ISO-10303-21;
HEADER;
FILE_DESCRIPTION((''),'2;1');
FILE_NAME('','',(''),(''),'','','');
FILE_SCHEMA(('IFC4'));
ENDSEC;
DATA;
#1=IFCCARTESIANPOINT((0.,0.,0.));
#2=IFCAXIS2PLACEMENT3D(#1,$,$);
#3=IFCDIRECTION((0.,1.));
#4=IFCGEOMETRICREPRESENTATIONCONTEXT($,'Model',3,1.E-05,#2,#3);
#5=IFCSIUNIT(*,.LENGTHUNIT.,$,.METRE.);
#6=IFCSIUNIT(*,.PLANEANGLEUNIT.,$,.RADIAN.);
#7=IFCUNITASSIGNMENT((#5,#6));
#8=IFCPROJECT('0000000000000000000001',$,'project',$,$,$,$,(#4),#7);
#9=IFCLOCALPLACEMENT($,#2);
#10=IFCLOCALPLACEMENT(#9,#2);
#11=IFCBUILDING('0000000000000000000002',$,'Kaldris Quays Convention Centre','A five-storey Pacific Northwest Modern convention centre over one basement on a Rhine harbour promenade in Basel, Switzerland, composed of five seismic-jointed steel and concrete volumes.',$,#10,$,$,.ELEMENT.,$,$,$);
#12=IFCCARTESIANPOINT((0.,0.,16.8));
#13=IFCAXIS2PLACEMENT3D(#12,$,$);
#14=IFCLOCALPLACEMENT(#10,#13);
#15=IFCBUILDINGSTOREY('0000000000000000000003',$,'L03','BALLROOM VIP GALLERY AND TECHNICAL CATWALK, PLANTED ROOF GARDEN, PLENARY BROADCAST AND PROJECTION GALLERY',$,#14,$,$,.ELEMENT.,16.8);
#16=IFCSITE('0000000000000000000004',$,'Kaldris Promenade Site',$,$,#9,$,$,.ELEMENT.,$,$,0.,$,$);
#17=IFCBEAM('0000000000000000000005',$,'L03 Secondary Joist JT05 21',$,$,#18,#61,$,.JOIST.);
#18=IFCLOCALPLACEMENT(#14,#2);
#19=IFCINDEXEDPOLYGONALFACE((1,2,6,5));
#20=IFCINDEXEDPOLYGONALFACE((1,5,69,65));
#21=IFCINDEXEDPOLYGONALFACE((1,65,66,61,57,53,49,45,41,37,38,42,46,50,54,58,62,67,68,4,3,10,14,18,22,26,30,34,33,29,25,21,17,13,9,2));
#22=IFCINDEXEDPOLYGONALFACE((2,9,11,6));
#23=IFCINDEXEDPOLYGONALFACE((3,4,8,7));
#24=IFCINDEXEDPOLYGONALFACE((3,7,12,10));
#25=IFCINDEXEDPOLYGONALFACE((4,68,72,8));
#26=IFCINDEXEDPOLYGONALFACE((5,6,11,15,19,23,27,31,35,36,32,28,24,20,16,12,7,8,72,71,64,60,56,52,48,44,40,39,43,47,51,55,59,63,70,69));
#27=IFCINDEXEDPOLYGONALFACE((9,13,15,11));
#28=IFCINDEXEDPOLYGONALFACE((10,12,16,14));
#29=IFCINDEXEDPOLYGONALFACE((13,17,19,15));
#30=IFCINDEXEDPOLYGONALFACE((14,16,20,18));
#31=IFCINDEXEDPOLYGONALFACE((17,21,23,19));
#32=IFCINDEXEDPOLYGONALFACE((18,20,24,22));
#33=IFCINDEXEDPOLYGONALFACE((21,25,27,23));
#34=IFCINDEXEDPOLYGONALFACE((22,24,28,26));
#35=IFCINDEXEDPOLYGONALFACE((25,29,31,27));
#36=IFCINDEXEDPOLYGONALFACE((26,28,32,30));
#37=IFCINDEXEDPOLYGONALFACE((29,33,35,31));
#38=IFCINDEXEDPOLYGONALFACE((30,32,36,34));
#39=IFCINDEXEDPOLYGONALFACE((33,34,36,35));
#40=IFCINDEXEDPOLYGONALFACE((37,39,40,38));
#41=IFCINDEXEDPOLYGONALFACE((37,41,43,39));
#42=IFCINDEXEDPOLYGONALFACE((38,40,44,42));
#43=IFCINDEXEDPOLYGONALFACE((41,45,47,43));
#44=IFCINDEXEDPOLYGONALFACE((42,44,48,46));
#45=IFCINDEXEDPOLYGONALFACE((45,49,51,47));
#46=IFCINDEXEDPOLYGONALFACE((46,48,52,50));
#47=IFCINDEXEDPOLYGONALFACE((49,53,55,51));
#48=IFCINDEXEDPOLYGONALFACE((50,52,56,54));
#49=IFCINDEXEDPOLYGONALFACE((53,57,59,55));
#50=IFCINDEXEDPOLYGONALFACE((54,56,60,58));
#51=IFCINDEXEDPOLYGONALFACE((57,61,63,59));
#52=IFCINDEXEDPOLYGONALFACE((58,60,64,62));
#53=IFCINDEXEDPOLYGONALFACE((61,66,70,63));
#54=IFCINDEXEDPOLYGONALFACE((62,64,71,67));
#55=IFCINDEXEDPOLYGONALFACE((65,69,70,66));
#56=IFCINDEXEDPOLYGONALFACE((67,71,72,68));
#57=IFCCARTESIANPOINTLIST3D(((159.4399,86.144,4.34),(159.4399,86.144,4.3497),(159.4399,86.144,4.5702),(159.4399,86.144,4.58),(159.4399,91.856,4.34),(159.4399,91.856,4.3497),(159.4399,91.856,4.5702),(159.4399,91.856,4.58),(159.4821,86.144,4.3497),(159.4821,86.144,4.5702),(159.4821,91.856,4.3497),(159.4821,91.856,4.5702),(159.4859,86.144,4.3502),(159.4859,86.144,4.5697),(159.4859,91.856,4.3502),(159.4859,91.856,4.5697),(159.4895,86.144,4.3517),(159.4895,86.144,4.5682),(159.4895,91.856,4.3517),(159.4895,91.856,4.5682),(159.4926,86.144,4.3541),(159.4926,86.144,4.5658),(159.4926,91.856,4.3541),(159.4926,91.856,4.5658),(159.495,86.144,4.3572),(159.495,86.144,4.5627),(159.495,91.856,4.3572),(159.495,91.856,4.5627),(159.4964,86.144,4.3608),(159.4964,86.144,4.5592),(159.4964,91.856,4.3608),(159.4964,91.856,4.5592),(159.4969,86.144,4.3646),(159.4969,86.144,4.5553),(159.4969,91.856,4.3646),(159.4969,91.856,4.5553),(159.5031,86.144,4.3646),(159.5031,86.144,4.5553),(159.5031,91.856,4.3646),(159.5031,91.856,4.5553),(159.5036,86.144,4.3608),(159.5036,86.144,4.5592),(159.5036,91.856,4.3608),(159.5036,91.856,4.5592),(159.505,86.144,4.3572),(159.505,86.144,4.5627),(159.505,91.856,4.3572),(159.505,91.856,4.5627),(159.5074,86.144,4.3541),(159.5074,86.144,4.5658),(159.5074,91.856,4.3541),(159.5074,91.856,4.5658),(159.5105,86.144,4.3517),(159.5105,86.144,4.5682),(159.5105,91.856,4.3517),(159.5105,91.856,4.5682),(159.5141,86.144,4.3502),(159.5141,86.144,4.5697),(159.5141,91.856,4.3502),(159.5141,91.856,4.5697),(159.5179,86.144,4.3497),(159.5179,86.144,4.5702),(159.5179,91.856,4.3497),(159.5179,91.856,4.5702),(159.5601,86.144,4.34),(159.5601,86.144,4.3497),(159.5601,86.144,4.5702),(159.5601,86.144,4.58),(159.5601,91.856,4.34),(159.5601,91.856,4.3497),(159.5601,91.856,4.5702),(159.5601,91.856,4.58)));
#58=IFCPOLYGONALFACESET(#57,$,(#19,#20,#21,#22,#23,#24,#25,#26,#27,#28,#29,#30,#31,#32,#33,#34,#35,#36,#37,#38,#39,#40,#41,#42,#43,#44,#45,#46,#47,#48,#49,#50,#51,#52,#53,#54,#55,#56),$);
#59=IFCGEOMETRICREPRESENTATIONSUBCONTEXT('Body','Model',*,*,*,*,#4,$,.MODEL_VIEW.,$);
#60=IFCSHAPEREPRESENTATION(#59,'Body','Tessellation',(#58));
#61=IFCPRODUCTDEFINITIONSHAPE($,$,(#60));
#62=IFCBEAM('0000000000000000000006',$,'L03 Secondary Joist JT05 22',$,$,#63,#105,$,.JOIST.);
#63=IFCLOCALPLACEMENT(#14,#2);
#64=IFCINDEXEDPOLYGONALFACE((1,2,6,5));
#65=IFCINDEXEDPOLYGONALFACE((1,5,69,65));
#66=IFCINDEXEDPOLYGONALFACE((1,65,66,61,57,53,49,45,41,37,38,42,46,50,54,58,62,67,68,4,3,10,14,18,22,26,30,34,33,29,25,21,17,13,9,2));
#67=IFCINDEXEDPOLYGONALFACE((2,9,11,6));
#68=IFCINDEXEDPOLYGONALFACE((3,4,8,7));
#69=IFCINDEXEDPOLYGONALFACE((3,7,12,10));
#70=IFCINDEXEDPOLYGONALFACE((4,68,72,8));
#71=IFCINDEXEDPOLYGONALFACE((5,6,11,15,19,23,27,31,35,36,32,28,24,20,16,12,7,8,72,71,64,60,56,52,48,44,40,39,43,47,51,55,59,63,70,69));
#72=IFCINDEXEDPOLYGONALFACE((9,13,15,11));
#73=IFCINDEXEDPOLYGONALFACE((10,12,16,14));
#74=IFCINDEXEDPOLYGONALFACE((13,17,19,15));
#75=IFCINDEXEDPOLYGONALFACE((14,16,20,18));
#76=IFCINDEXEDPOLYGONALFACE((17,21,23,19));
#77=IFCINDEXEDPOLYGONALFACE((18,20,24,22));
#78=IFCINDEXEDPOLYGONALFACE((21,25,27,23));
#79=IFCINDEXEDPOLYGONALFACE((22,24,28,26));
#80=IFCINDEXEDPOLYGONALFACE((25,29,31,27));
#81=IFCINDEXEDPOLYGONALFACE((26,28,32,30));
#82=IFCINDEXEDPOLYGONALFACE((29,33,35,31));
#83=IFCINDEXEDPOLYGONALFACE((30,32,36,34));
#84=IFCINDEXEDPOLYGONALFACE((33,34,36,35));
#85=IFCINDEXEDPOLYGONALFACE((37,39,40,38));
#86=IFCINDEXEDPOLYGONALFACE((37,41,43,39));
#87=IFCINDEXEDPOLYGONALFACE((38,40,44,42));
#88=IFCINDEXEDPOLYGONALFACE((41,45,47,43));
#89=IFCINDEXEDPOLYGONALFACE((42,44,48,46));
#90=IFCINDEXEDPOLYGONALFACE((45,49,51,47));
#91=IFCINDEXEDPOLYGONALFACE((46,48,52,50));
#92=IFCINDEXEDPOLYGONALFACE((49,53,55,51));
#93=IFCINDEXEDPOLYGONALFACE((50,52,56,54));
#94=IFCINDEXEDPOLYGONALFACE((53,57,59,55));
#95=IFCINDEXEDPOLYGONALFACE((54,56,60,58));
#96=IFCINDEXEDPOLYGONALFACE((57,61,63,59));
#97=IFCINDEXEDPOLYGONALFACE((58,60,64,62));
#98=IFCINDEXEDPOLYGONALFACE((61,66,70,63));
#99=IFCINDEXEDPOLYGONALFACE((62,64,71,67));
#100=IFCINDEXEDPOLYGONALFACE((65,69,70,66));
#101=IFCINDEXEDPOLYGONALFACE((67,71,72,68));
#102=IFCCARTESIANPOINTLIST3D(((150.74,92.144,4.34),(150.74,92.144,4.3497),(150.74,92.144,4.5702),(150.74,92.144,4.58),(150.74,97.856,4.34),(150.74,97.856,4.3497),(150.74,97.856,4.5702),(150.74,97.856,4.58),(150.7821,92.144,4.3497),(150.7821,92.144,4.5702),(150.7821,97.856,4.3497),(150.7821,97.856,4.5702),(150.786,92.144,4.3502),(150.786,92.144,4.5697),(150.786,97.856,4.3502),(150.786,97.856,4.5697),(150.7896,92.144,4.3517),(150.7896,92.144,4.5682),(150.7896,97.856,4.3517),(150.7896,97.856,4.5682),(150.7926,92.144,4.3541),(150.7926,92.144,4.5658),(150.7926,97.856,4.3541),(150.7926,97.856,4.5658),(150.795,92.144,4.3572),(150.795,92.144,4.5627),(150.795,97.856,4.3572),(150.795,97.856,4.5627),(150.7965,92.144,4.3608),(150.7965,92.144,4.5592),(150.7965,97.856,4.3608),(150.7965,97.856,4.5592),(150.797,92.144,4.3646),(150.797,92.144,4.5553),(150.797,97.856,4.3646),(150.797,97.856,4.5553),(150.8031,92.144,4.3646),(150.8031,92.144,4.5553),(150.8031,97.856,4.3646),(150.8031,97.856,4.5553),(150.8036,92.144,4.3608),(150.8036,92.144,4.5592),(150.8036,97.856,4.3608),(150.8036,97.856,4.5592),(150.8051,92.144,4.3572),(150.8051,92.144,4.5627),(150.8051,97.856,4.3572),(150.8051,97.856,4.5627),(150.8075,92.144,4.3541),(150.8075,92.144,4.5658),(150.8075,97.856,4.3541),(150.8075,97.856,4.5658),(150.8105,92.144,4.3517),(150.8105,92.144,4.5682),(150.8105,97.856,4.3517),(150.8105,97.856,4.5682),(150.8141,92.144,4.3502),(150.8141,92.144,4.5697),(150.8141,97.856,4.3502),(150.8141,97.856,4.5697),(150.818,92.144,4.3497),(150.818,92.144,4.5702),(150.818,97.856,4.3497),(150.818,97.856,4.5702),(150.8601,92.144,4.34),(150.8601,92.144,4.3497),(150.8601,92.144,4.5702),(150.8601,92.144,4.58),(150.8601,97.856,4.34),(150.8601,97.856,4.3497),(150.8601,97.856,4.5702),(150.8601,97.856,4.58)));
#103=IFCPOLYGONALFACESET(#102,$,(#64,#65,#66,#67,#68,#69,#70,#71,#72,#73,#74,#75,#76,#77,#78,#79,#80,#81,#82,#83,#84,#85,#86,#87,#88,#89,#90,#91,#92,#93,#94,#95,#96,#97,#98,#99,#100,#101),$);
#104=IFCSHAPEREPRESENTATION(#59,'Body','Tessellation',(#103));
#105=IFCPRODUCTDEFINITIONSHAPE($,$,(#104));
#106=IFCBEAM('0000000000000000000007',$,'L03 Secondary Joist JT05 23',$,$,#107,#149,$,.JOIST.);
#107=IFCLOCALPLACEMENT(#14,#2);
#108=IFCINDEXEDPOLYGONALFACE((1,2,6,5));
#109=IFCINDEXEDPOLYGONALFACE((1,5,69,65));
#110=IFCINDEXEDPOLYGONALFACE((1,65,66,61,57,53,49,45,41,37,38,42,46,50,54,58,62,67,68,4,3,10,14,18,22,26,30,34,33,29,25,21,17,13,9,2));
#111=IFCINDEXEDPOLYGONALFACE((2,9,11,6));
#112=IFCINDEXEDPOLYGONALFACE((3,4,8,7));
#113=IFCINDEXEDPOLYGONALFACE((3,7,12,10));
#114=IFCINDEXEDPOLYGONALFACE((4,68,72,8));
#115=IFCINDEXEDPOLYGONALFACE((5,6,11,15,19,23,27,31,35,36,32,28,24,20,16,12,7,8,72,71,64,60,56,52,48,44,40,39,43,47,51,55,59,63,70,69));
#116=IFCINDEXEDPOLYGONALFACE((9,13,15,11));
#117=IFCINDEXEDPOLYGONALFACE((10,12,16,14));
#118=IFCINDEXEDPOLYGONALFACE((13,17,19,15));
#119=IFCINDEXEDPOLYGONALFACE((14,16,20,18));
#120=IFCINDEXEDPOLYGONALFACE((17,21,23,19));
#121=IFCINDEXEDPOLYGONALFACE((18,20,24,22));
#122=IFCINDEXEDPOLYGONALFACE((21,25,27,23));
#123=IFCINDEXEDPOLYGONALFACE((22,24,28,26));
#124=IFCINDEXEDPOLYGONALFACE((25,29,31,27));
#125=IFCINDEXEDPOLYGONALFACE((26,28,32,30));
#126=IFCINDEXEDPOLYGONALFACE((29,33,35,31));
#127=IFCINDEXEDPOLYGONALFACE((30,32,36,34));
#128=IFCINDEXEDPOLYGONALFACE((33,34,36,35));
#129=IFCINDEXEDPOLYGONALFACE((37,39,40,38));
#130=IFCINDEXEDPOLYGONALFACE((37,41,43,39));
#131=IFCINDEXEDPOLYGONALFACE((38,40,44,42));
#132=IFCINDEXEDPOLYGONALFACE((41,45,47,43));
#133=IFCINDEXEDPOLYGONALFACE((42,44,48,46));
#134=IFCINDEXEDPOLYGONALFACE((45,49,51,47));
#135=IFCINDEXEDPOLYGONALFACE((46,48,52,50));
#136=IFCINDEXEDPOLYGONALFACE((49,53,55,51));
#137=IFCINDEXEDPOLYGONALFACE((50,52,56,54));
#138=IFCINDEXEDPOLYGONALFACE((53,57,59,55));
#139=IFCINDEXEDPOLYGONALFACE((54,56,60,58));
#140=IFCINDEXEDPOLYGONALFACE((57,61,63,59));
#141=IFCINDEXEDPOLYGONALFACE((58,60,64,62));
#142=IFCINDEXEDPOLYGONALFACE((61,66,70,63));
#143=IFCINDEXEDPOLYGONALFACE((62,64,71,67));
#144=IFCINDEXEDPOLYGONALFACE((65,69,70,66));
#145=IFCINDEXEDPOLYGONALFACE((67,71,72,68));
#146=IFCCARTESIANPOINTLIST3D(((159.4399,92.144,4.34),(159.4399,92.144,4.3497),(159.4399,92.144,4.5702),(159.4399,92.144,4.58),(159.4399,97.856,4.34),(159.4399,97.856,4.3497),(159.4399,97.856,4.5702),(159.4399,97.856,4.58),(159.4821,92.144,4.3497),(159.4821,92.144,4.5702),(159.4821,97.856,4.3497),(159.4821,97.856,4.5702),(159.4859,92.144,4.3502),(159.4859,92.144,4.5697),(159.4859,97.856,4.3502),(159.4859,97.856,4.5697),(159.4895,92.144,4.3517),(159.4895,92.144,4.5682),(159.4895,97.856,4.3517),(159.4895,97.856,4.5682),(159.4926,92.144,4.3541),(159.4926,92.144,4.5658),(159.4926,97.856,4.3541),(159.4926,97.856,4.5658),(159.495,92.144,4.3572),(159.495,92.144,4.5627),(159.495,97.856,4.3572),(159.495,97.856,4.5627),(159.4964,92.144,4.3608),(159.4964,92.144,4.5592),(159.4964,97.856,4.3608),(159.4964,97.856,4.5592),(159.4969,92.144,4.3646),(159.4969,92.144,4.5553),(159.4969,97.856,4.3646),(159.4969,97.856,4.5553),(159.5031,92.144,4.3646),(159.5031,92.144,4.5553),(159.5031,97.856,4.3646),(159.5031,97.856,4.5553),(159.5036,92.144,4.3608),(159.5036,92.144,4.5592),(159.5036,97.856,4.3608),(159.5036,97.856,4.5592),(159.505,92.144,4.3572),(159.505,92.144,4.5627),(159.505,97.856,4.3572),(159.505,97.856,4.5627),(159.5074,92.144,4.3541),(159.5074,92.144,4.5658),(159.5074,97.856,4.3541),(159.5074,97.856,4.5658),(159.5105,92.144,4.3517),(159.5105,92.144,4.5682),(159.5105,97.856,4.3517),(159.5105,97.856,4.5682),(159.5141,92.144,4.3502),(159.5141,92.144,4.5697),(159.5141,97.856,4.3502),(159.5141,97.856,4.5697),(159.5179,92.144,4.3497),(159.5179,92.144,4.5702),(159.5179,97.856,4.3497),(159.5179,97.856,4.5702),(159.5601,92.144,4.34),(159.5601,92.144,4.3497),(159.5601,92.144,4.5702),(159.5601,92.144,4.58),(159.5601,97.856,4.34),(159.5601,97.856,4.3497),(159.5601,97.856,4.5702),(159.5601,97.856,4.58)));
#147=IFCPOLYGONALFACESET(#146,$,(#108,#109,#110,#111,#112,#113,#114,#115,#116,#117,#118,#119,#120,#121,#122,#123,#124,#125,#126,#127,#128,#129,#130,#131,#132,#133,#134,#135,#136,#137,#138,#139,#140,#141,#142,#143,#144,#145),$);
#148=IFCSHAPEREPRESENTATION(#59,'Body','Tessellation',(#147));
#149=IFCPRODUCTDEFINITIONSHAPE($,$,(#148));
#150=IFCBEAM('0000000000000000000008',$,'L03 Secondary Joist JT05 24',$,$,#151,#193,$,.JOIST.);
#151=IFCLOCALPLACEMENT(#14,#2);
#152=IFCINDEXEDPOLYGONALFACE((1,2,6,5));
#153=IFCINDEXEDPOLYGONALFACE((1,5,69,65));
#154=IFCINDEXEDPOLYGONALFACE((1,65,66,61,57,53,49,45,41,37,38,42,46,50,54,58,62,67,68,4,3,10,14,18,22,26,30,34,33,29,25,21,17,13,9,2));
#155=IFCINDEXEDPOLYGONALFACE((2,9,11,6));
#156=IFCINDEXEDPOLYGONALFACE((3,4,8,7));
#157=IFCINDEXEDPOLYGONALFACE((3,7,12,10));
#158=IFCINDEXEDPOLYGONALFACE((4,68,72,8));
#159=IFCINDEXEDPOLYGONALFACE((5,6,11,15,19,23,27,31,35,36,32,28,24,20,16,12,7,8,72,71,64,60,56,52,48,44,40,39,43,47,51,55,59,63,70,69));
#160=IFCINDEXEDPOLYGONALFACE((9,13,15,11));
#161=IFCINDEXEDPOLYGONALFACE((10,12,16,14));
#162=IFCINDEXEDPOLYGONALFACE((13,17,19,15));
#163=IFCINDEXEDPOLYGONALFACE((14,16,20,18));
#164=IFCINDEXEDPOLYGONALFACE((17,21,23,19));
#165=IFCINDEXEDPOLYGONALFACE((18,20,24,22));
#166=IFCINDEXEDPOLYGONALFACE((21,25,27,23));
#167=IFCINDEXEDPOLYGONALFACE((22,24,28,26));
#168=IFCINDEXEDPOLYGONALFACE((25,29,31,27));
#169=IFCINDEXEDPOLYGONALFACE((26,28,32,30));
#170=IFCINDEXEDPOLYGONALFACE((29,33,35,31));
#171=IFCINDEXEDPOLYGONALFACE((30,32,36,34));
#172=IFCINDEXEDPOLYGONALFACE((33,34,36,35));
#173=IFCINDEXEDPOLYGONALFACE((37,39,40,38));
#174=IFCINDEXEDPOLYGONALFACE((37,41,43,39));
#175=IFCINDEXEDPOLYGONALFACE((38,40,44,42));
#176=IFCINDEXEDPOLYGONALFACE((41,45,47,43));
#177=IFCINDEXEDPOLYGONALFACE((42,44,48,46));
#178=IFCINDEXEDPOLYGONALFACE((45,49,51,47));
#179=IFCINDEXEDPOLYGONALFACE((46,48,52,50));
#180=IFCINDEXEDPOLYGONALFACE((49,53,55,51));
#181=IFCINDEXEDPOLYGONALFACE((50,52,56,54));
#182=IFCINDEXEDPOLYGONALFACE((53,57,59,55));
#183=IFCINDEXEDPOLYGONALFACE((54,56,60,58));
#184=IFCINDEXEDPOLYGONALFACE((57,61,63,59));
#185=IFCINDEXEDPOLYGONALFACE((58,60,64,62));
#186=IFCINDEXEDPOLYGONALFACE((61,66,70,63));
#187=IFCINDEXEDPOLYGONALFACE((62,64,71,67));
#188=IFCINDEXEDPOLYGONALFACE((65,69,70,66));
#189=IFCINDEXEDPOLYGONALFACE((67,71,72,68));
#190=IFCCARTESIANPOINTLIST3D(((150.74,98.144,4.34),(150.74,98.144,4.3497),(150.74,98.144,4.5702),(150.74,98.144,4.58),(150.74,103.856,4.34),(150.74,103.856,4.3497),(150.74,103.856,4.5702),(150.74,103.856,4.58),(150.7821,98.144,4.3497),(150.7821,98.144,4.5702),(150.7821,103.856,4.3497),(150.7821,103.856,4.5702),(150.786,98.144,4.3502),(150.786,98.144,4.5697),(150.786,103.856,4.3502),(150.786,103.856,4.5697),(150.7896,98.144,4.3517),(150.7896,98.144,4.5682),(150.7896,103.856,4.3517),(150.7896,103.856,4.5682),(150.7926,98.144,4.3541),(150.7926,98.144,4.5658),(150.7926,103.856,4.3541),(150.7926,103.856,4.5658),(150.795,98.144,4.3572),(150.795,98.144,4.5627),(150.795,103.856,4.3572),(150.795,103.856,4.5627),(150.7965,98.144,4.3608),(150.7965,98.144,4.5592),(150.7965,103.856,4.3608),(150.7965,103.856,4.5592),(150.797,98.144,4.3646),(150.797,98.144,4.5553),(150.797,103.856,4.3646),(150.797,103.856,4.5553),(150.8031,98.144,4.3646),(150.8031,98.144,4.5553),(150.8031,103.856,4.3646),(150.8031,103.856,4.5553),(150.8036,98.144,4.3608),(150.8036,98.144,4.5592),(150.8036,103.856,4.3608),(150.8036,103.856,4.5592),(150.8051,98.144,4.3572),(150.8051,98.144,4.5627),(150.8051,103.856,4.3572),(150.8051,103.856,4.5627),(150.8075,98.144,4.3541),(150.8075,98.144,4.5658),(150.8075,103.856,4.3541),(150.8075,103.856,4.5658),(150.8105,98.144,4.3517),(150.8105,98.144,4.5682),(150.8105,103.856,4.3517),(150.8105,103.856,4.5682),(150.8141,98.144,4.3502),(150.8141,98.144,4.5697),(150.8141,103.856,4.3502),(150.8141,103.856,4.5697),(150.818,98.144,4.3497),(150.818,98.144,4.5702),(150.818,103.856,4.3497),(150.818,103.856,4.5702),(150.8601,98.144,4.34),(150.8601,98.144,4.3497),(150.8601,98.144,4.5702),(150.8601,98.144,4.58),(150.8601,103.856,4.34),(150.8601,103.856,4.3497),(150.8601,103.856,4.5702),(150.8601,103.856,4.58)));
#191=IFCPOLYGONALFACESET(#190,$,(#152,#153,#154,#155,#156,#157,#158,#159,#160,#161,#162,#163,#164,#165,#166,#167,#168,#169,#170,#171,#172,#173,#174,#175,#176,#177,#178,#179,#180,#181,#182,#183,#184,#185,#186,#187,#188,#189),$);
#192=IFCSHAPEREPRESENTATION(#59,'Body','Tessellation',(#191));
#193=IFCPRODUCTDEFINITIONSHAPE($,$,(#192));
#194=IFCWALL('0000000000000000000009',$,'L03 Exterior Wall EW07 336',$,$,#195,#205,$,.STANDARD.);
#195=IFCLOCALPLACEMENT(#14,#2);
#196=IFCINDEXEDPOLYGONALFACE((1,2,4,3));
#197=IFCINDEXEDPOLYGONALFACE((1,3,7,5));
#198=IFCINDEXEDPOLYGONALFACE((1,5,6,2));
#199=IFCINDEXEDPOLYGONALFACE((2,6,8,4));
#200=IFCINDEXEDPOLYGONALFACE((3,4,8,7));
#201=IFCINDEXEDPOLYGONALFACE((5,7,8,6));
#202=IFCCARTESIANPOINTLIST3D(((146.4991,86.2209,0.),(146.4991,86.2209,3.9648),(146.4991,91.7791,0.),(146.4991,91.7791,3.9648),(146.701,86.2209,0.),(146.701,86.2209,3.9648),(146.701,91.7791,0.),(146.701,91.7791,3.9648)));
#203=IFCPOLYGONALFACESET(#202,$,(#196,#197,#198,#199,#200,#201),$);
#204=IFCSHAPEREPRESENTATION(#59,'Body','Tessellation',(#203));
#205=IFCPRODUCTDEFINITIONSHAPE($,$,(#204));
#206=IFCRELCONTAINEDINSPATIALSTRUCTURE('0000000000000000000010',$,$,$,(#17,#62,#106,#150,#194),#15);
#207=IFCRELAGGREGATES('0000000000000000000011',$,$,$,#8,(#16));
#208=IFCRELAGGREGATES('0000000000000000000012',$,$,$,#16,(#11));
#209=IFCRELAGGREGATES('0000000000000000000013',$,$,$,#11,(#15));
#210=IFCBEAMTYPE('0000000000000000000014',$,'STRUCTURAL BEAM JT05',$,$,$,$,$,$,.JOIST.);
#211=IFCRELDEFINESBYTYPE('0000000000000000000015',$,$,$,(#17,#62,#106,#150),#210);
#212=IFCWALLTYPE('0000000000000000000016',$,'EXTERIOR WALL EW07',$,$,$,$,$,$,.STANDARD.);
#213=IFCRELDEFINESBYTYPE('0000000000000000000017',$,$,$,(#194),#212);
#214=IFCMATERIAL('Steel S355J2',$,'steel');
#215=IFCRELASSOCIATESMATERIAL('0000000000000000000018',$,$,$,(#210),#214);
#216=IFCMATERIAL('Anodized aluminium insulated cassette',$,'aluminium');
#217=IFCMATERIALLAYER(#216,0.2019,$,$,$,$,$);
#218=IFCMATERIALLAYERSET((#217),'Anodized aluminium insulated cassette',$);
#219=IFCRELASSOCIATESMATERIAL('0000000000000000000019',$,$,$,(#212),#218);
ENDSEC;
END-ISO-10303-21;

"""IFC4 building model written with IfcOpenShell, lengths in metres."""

from ifc_helpers import new_model, si_unit, direction, frame, frame_2d, origin, origin_2d, place, context, subcontext, project, spatial, rectangle, i_section, extrude, material, layer, layer_set, material_profile, profile_set, type_object, element, save


model = new_model("IFC4")

# Units and contexts
model_context = context("Model", 3, precision=1e-05, world=origin(), true_north=direction((0.0, 1.0)))
body_context = subcontext(model_context, "Body", "Model", "MODEL_VIEW")
ifc_project = project(units=[si_unit("LENGTHUNIT", "METRE"), si_unit("PLANEANGLEUNIT", "RADIAN")], contexts=[model_context])

# Site, building, storey
site_placement = place(None, origin())
site = spatial("IfcSite", under=ifc_project, at=site_placement, Name="Kaldris Promenade Site", CompositionType="ELEMENT", RefElevation=0.0)
building_placement = place(site_placement, origin())
building = spatial("IfcBuilding", under=site, at=building_placement, Name="Kaldris Quays Convention Centre", Description="A five-storey Pacific Northwest Modern convention centre over one basement on a Rhine harbour promenade in Basel, Switzerland, composed of five seismic-jointed steel and concrete volumes.", CompositionType="ELEMENT")
storey_placement = place(building_placement, frame((0.0, 0.0, 16.8)))
storey = spatial("IfcBuildingStorey", under=building, at=storey_placement, Name="L03", Description="BALLROOM VIP GALLERY AND TECHNICAL CATWALK, PLANTED ROOF GARDEN, PLENARY BROADCAST AND PROJECTION GALLERY", CompositionType="ELEMENT", Elevation=16.8)

# Shared definitions
ifc_material_1 = material(Name="Steel S355J2", Category="steel")

# Beams
ifc_material_profile_1 = material_profile(ifc_material_1, i_section(OverallWidth=0.1201, OverallDepth=0.24, WebThickness=0.0061, FlangeThickness=0.0098, FilletRadius=0.0149, at=origin_2d()), Name="IPE 240")
ifc_profile_set_1 = profile_set([ifc_material_profile_1], Name="Steel S355J2")
beam_type_1 = type_object("IfcBeamType", Name="STRUCTURAL BEAM JT05", PredefinedType="JOIST", material=ifc_profile_set_1)
for number, where, z_axis, x_axis, name in (
    (1, (159.5, 86.144, 4.46), (0.0, 1.0, 0.0), (-1.0, 0.0, 0.0), "L03 Secondary Joist JT05 21"),
    (2, (150.8, 92.144, 4.46), (0.0, 1.0, 0.0), (-1.0, 0.0, 0.0), "L03 Secondary Joist JT05 22"),
    (3, (159.5, 92.144, 4.46), (0.0, 1.0, 0.0), (-1.0, 0.0, 0.0), "L03 Secondary Joist JT05 23"),
    (4, (150.8, 98.144, 4.46), (0.0, 1.0, 0.0), (-1.0, 0.0, 0.0), "L03 Secondary Joist JT05 24"),
):
    element("IfcBeam", number, at=place(storey_placement, frame(where, z_axis=z_axis, x_axis=x_axis)), inside=storey, type_object=beam_type_1, Name=name, PredefinedType="JOIST", context=body_context, shape_type="SweptSolid", body=[
        extrude(i_section(OverallWidth=0.1201, OverallDepth=0.24, WebThickness=0.0061, FlangeThickness=0.0098, FilletRadius=0.0149, at=origin_2d()), origin(), (0.0, 0.0, 1.0), 5.7119),
    ])

# Wall
ifc_material_2 = material(Name="Anodized aluminium insulated cassette", Category="aluminium")
ifc_layer_1 = layer(ifc_material_2, 0.2019)
ifc_layer_set_1 = layer_set([ifc_layer_1], Name="Anodized aluminium insulated cassette")
wall_type_1 = type_object("IfcWallType", Name="EXTERIOR WALL EW07", PredefinedType="STANDARD", material=ifc_layer_set_1)
for number, where, z_axis, x_axis, name in (
    (5, (146.6001, 86.2209, 0.0), (0.0, 0.0, 1.0), (0.0, 1.0, 0.0), "L03 Exterior Wall EW07 336"),
):
    element("IfcWall", number, at=place(storey_placement, frame(where, z_axis=z_axis, x_axis=x_axis)), inside=storey, type_object=wall_type_1, Name=name, PredefinedType="STANDARD", context=body_context, shape_type="SweptSolid", body=[
        extrude(rectangle(XDim=5.5581, YDim=0.2019, at=frame_2d((2.7791, 0.0))), origin(), (0.0, 0.0, 1.0), 3.9648),
    ])

save(model, "model.ifc")
